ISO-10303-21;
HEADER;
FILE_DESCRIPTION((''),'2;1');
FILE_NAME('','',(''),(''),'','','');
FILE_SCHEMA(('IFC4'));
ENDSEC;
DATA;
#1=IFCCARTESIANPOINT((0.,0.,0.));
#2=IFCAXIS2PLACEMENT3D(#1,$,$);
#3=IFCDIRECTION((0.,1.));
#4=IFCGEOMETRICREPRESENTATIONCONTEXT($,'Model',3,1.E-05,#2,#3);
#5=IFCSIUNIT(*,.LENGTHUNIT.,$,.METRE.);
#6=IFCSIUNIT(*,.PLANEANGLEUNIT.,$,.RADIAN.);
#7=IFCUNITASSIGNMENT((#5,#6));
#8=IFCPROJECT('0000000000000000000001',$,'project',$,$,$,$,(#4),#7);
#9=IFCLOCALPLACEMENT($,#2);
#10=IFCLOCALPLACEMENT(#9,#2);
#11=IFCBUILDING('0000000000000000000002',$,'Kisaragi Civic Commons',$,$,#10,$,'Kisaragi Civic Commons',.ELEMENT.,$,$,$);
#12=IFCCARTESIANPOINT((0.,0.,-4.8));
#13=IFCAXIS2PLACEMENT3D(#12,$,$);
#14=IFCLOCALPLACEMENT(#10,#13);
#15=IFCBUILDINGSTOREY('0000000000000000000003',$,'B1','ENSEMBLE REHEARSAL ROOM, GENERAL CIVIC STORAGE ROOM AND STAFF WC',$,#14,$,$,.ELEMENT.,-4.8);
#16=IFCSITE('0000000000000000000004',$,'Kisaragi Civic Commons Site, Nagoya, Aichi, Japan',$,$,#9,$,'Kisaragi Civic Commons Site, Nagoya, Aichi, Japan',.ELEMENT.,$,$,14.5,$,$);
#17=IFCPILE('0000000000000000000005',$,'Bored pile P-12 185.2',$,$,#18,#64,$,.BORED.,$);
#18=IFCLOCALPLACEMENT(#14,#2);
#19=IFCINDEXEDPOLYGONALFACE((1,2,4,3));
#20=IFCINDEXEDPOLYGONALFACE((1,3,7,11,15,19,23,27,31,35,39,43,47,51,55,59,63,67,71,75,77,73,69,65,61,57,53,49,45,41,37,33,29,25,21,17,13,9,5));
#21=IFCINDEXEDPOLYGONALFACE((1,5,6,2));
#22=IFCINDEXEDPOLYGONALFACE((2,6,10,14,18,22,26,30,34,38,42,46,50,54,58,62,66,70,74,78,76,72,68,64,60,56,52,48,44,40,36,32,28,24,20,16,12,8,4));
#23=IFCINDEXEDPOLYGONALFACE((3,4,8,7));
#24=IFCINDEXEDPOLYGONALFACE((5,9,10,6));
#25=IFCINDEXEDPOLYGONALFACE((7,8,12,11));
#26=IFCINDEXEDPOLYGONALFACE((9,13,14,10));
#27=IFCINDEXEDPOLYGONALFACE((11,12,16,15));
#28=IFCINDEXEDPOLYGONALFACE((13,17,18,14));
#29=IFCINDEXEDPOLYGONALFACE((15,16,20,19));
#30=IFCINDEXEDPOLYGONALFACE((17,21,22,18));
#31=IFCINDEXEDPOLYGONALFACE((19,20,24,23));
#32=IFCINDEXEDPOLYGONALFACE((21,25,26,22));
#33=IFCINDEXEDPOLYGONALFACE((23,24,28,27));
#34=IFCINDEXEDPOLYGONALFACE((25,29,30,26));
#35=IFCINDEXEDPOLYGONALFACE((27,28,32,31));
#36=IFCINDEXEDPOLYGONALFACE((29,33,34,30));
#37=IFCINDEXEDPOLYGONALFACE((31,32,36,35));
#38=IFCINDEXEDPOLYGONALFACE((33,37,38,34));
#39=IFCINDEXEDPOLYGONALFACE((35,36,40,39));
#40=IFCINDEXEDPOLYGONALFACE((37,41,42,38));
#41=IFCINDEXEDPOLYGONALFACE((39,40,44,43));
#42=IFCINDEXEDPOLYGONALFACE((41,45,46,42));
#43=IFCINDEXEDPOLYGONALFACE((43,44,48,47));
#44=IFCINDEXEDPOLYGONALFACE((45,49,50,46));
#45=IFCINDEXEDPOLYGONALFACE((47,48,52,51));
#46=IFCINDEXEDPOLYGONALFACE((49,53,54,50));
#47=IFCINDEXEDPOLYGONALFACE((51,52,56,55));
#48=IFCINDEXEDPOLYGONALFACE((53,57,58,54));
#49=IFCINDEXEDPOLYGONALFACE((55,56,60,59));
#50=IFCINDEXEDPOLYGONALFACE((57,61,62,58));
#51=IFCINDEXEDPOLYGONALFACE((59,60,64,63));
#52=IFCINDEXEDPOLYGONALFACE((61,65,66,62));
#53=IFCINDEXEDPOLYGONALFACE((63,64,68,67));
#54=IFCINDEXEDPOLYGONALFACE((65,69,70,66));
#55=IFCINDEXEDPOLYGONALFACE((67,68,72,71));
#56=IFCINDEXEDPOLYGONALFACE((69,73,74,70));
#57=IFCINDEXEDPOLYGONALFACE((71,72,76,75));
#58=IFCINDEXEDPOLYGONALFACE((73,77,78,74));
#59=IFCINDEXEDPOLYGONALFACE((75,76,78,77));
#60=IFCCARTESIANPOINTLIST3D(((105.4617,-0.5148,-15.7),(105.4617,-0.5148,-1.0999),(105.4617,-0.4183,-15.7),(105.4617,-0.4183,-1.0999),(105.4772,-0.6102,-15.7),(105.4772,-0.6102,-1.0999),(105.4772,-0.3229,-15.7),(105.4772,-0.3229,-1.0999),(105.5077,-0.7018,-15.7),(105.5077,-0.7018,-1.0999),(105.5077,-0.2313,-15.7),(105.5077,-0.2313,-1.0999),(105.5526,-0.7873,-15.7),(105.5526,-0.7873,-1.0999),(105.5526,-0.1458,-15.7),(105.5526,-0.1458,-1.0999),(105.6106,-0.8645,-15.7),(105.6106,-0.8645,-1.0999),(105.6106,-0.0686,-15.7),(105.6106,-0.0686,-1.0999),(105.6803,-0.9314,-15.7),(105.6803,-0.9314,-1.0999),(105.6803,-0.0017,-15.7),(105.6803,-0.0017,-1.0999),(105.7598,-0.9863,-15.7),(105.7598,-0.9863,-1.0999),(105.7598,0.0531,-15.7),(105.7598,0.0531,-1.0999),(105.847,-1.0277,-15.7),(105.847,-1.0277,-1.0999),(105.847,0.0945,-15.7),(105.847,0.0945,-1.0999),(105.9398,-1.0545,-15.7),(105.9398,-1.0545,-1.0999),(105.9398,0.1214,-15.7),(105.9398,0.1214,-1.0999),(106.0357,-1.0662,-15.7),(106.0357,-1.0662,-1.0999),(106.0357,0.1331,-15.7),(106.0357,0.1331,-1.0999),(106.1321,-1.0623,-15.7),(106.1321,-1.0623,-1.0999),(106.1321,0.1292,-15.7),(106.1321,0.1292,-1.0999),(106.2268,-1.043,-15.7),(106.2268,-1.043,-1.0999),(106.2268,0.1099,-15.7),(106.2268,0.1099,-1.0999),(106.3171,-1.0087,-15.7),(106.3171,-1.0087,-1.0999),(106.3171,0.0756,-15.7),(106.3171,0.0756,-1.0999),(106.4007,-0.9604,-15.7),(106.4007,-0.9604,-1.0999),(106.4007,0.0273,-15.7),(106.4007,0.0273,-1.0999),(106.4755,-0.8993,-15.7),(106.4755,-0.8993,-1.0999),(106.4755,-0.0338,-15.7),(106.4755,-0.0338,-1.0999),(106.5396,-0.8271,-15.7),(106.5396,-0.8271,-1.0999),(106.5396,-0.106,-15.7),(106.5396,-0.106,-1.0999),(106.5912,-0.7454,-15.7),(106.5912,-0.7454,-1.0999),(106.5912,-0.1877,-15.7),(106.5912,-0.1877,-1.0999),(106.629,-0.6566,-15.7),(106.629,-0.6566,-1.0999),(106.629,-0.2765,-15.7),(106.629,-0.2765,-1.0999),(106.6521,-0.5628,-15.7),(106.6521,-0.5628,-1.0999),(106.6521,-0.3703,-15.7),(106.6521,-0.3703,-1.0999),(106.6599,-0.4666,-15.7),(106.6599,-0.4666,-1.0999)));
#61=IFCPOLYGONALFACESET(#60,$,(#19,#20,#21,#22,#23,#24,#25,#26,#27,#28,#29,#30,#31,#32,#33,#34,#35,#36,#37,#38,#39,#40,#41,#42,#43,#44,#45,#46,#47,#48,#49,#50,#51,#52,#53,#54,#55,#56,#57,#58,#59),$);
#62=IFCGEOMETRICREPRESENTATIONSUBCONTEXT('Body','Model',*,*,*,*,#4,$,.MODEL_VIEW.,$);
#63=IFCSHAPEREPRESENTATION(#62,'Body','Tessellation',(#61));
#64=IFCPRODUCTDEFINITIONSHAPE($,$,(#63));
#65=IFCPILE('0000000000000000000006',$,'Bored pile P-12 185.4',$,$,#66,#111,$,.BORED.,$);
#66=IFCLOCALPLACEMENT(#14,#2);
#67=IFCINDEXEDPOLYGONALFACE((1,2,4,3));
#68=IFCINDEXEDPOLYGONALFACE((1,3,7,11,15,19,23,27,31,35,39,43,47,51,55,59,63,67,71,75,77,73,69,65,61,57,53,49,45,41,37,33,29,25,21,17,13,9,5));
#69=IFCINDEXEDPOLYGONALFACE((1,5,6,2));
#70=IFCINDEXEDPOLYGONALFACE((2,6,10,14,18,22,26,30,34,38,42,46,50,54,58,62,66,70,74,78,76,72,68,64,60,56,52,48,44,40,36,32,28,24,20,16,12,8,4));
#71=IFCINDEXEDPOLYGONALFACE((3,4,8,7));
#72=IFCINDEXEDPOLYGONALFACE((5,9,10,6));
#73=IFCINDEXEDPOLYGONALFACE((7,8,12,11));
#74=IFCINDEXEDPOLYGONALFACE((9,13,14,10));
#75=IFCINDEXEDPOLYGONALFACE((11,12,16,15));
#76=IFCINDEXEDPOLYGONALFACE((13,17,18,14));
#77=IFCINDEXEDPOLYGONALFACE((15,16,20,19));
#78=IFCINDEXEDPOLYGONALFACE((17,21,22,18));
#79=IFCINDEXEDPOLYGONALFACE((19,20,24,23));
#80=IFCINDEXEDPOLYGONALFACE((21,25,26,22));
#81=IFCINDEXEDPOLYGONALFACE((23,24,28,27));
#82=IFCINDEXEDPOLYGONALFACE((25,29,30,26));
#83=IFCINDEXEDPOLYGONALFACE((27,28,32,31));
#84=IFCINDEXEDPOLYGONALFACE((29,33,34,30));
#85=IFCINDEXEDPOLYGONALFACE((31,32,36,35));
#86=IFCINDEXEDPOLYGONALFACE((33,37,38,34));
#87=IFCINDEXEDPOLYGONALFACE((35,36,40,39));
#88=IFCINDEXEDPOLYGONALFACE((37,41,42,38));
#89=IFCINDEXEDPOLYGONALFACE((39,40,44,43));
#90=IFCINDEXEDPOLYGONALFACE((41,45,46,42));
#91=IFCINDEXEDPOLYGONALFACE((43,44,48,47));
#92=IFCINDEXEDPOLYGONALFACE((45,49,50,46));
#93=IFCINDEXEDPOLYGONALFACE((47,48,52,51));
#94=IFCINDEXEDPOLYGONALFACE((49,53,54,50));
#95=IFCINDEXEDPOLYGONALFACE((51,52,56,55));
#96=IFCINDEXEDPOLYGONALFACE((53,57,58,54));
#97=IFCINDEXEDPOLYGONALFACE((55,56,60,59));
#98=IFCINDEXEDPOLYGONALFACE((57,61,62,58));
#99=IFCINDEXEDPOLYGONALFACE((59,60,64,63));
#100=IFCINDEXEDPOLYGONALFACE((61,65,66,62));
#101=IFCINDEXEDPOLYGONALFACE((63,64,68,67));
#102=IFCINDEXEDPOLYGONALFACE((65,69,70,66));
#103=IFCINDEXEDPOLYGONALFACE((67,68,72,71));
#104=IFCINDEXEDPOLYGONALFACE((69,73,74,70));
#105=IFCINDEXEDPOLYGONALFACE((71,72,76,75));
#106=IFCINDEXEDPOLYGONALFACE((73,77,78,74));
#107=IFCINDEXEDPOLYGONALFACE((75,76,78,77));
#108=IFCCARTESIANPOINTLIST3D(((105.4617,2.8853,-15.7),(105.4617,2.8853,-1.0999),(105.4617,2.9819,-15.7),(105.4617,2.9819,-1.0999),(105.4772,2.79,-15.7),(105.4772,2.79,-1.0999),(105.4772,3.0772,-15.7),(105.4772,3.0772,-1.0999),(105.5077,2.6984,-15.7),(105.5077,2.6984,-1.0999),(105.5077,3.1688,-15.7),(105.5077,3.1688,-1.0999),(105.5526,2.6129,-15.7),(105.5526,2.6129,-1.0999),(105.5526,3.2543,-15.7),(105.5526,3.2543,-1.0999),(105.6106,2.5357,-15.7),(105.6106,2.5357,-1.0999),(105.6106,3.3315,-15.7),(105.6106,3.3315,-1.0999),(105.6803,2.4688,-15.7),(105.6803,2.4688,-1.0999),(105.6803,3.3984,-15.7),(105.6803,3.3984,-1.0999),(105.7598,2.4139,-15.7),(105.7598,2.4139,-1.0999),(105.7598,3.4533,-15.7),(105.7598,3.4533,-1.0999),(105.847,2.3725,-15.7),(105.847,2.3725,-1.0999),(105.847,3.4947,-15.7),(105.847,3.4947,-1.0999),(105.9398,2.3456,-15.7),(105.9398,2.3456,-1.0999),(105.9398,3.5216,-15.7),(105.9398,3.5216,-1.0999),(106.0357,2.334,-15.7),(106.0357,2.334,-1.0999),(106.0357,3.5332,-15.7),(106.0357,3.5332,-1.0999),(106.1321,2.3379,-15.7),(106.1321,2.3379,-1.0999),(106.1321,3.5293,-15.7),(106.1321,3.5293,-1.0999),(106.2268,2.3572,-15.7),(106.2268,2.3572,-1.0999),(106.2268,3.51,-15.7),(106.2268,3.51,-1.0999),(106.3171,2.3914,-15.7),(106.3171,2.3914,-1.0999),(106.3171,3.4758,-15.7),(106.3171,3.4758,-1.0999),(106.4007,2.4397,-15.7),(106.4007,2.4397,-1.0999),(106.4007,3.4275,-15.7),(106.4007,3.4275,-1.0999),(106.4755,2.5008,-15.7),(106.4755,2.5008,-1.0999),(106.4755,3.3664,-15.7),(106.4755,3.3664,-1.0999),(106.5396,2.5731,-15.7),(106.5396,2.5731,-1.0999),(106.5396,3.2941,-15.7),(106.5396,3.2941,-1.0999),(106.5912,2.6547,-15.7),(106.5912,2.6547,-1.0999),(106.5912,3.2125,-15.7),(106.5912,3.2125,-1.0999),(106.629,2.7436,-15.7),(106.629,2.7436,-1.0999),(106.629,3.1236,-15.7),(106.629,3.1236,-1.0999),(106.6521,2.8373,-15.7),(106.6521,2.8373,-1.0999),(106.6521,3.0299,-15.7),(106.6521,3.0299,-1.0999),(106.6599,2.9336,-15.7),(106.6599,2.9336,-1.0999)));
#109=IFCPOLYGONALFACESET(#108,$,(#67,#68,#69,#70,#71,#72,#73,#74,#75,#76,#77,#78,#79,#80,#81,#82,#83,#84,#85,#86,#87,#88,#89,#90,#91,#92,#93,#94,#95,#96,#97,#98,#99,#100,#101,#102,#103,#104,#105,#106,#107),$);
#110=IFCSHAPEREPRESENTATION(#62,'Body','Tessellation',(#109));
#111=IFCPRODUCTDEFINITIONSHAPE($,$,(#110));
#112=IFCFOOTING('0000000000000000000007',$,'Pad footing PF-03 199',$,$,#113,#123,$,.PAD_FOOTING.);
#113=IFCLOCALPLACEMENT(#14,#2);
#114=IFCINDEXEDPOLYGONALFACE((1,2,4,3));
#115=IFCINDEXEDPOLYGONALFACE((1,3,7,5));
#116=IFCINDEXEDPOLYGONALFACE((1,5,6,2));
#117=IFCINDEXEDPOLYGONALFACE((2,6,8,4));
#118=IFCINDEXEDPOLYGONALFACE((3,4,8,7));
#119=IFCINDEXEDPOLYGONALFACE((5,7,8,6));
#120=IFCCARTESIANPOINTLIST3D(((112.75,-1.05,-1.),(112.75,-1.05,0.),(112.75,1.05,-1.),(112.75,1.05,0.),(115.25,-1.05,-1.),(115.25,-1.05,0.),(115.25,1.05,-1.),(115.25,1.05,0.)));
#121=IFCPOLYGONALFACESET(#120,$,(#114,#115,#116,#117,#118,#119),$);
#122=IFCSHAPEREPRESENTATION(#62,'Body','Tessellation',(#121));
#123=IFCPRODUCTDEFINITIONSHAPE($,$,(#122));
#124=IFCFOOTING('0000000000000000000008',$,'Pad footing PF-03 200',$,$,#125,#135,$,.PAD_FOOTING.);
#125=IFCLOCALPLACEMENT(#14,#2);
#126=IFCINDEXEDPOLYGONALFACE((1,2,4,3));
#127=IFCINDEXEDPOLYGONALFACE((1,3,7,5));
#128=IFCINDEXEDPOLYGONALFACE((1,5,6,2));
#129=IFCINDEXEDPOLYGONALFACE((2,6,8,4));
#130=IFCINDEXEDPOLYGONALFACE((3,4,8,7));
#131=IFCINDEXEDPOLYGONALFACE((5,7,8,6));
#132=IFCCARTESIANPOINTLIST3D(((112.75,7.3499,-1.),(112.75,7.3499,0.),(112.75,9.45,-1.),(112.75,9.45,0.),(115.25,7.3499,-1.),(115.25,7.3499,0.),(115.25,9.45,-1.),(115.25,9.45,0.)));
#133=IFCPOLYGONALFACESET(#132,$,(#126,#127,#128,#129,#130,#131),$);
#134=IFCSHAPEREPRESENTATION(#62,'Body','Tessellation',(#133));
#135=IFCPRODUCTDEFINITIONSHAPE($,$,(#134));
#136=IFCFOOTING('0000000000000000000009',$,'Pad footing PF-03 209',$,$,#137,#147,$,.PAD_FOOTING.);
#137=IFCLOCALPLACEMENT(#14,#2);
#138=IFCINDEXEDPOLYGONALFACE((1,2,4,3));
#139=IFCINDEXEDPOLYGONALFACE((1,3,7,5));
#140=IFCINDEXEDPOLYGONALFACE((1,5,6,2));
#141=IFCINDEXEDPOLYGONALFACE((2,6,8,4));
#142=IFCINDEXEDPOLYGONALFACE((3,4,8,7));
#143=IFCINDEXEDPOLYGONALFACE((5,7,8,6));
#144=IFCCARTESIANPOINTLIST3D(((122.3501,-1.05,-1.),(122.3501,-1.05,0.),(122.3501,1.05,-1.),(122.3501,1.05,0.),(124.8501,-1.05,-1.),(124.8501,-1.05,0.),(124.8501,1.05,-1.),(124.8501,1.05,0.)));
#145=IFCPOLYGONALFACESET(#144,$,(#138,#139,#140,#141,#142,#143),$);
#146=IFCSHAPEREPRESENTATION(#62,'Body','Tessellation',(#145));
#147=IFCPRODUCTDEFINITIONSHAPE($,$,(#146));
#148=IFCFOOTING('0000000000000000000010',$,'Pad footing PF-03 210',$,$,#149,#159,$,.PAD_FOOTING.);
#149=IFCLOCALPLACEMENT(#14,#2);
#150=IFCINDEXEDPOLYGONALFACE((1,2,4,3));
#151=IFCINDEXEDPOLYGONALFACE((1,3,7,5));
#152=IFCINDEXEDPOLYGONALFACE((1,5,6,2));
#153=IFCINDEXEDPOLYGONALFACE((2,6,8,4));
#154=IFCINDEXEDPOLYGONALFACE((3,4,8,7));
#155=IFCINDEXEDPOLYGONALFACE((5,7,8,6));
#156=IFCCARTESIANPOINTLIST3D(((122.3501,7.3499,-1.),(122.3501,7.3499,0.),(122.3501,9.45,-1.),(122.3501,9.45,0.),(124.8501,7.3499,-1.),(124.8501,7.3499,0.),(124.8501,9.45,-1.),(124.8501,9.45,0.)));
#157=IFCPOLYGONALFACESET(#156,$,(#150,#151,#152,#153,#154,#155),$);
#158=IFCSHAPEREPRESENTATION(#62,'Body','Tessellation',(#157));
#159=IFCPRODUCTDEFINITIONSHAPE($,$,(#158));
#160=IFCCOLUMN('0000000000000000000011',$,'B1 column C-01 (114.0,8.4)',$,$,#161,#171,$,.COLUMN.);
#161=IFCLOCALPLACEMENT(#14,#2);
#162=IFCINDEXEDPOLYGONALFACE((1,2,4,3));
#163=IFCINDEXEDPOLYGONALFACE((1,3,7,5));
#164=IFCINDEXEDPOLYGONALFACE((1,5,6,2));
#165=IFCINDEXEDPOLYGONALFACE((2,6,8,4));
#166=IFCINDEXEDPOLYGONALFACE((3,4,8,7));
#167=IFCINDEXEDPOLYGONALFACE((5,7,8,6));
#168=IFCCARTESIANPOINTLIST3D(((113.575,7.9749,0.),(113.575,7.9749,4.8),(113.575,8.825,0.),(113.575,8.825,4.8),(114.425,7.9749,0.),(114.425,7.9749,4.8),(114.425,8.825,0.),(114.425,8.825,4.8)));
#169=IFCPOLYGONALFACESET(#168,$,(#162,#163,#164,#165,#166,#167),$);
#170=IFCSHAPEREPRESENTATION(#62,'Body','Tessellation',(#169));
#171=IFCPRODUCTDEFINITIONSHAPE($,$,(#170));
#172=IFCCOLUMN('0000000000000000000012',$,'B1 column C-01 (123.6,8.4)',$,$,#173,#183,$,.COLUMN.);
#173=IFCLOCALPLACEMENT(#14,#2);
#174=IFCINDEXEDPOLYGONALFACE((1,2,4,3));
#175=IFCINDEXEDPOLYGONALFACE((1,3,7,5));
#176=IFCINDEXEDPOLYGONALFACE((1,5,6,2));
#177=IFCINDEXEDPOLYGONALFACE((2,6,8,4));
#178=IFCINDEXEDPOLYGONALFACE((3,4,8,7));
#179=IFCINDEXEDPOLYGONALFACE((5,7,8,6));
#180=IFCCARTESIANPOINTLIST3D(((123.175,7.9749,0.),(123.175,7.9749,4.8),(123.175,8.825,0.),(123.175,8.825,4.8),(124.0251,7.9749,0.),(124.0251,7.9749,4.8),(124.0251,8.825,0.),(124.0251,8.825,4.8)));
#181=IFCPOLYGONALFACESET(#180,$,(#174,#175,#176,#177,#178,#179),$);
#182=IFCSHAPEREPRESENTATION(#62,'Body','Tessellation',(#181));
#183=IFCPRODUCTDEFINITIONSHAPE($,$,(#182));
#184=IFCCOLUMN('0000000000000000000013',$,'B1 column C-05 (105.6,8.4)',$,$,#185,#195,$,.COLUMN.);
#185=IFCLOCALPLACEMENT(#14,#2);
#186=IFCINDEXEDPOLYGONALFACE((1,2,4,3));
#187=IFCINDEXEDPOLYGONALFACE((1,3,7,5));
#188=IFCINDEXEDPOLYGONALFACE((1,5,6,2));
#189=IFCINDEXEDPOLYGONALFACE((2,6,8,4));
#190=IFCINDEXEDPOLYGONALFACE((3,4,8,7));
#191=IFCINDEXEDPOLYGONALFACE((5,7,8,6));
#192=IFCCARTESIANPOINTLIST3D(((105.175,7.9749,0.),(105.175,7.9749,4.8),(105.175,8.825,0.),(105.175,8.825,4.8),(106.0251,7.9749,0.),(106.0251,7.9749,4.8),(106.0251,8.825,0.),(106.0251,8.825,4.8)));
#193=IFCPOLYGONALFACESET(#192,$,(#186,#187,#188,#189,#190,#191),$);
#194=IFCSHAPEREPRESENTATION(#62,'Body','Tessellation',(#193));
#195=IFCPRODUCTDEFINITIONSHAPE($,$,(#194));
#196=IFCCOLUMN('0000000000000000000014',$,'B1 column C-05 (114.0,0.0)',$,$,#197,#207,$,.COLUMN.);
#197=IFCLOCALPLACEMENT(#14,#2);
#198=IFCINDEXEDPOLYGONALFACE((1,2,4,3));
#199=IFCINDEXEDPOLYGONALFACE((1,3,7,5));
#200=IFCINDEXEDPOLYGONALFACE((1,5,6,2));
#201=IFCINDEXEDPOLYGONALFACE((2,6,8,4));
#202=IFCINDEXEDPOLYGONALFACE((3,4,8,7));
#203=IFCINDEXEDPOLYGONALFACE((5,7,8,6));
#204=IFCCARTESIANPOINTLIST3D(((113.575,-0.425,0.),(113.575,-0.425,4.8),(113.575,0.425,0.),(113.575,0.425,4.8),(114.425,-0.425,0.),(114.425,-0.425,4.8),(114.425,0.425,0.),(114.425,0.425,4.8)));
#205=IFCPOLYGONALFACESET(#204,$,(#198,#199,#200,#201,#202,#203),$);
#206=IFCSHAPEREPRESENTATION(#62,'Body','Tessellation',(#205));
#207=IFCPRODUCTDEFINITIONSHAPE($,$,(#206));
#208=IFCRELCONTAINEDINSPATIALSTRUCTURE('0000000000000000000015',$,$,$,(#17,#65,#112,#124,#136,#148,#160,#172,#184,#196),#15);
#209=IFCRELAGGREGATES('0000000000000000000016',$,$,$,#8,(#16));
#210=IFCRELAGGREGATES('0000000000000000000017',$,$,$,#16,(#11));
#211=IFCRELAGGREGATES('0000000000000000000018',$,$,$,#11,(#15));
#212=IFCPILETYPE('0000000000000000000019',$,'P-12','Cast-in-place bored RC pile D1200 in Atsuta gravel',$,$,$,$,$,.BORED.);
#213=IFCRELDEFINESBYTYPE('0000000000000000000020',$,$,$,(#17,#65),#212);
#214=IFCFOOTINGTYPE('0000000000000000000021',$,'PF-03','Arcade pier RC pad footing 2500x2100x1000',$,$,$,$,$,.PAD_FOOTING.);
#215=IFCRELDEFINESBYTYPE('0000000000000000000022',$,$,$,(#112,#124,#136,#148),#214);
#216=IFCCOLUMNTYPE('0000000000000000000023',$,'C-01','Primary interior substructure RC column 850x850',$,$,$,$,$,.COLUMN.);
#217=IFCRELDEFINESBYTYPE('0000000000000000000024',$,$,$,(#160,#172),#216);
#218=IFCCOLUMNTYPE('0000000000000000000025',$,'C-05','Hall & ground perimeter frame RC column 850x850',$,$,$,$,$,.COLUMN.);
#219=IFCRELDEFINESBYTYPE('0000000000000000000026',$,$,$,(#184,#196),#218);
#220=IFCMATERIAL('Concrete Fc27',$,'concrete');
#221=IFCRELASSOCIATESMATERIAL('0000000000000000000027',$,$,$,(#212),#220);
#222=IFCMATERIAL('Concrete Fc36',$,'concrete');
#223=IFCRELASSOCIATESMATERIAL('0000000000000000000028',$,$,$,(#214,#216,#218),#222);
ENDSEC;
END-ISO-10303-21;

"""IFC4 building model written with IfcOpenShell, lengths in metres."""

from ifc_helpers import new_model, si_unit, direction, frame, origin, origin_2d, place, context, subcontext, project, spatial, rectangle, circle, extrude, material, material_profile, profile_set, type_object, element, save


model = new_model("IFC4")

# Units and contexts
model_context = context("Model", 3, precision=1e-05, world=origin(), true_north=direction((0.0, 1.0)))
body_context = subcontext(model_context, "Body", "Model", "MODEL_VIEW")
ifc_project = project(units=[si_unit("LENGTHUNIT", "METRE"), si_unit("PLANEANGLEUNIT", "RADIAN")], contexts=[model_context])

# Site, building, storey
site_placement = place(None, origin())
site = spatial("IfcSite", under=ifc_project, at=site_placement, Name="Kisaragi Civic Commons Site, Nagoya, Aichi, Japan", LongName="Kisaragi Civic Commons Site, Nagoya, Aichi, Japan", CompositionType="ELEMENT", RefElevation=14.5)
building_placement = place(site_placement, origin())
building = spatial("IfcBuilding", under=site, at=building_placement, Name="Kisaragi Civic Commons", LongName="Kisaragi Civic Commons", CompositionType="ELEMENT")
storey_placement = place(building_placement, frame((0.0, 0.0, -4.8)))
storey = spatial("IfcBuildingStorey", under=building, at=storey_placement, Name="B1", Description="ENSEMBLE REHEARSAL ROOM, GENERAL CIVIC STORAGE ROOM AND STAFF WC", CompositionType="ELEMENT", Elevation=-4.8)

# Shared definitions
ifc_material_1 = material(Name="Concrete Fc27", Category="concrete")

# Piles
ifc_material_profile_1 = material_profile(ifc_material_1, circle(Radius=0.6001, at=origin_2d()), Name="PILE-D1200", Category="concrete")
ifc_profile_set_1 = profile_set([ifc_material_profile_1], Name="Concrete Fc27")
pile_type_1 = type_object("IfcPileType", Name="P-12", Description="Cast-in-place bored RC pile D1200 in Atsuta gravel", PredefinedType="BORED", material=ifc_profile_set_1)
for number, where, z_axis, x_axis, name in (
    (1, (106.0598, -0.4666, -1.0999), (0.0, 0.0, -1.0), (1.0, 0.0, 0.0), "Bored pile P-12 185.2"),
    (2, (106.0598, 2.9336, -1.0999), (0.0, 0.0, -1.0), (1.0, 0.0, 0.0), "Bored pile P-12 185.4"),
):
    element("IfcPile", number, at=place(storey_placement, frame(where, z_axis=z_axis, x_axis=x_axis)), inside=storey, type_object=pile_type_1, Name=name, PredefinedType="BORED", context=body_context, shape_type="SweptSolid", body=[
        extrude(circle(Radius=0.6001, at=origin_2d()), origin(), (0.0, 0.0, 1.0), 14.6001),
    ])

# Footings
ifc_material_2 = material(Name="Concrete Fc36", Category="concrete")
footing_type_1 = type_object("IfcFootingType", Name="PF-03", Description="Arcade pier RC pad footing 2500x2100x1000", PredefinedType="PAD_FOOTING", material=ifc_material_2)
for number, where, z_axis, x_axis, name in (
    (3, (114.0, 0.0, -1.0), (0.0, 0.0, 1.0), (1.0, 0.0, 0.0), "Pad footing PF-03 199"),
    (4, (114.0, 8.3999, -1.0), (0.0, 0.0, 1.0), (1.0, 0.0, 0.0), "Pad footing PF-03 200"),
    (5, (123.6001, 0.0, -1.0), (0.0, 0.0, 1.0), (1.0, 0.0, 0.0), "Pad footing PF-03 209"),
    (6, (123.6001, 8.3999, -1.0), (0.0, 0.0, 1.0), (1.0, 0.0, 0.0), "Pad footing PF-03 210"),
):
    element("IfcFooting", number, at=place(storey_placement, frame(where, z_axis=z_axis, x_axis=x_axis)), inside=storey, type_object=footing_type_1, Name=name, PredefinedType="PAD_FOOTING", context=body_context, shape_type="SweptSolid", body=[
        extrude(rectangle(XDim=2.5, YDim=2.1001, at=origin_2d()), origin(), (0.0, 0.0, 1.0), 1.0),
    ])

# Columns
ifc_material_profile_2 = material_profile(ifc_material_2, rectangle(XDim=0.8501, YDim=0.8501, at=origin_2d()), Name="RC-850x850", Category="concrete")
ifc_profile_set_2 = profile_set([ifc_material_profile_2], Name="Concrete Fc36")
column_type_1 = type_object("IfcColumnType", Name="C-01", Description="Primary interior substructure RC column 850x850", PredefinedType="COLUMN", material=ifc_profile_set_2)
for number, where, z_axis, x_axis, name in (
    (7, (114.0, 8.3999, 0.0), (0.0, 0.0, 1.0), (1.0, 0.0, 0.0), "B1 column C-01 (114.0,8.4)"),
    (8, (123.6001, 8.3999, 0.0), (0.0, 0.0, 1.0), (1.0, 0.0, 0.0), "B1 column C-01 (123.6,8.4)"),
):
    element("IfcColumn", number, at=place(storey_placement, frame(where, z_axis=z_axis, x_axis=x_axis)), inside=storey, type_object=column_type_1, Name=name, PredefinedType="COLUMN", context=body_context, shape_type="SweptSolid", body=[
        extrude(rectangle(XDim=0.8501, YDim=0.8501, at=origin_2d()), origin(), (0.0, 0.0, 1.0), 4.8),
    ])
ifc_material_profile_3 = material_profile(ifc_material_2, rectangle(XDim=0.8501, YDim=0.8501, at=origin_2d()), Name="RC-850x850", Category="concrete")
ifc_profile_set_3 = profile_set([ifc_material_profile_3], Name="Concrete Fc36")
column_type_2 = type_object("IfcColumnType", Name="C-05", Description="Hall & ground perimeter frame RC column 850x850", PredefinedType="COLUMN", material=ifc_profile_set_3)
for number, where, z_axis, x_axis, name in (
    (9, (105.6001, 8.3999, 0.0), (0.0, 0.0, 1.0), (1.0, 0.0, 0.0), "B1 column C-05 (105.6,8.4)"),
    (10, (114.0, 0.0, 0.0), (0.0, 0.0, 1.0), (1.0, 0.0, 0.0), "B1 column C-05 (114.0,0.0)"),
):
    element("IfcColumn", number, at=place(storey_placement, frame(where, z_axis=z_axis, x_axis=x_axis)), inside=storey, type_object=column_type_2, Name=name, PredefinedType="COLUMN", context=body_context, shape_type="SweptSolid", body=[
        extrude(rectangle(XDim=0.8501, YDim=0.8501, at=origin_2d()), origin(), (0.0, 0.0, 1.0), 4.8),
    ])

save(model, "model.ifc")
